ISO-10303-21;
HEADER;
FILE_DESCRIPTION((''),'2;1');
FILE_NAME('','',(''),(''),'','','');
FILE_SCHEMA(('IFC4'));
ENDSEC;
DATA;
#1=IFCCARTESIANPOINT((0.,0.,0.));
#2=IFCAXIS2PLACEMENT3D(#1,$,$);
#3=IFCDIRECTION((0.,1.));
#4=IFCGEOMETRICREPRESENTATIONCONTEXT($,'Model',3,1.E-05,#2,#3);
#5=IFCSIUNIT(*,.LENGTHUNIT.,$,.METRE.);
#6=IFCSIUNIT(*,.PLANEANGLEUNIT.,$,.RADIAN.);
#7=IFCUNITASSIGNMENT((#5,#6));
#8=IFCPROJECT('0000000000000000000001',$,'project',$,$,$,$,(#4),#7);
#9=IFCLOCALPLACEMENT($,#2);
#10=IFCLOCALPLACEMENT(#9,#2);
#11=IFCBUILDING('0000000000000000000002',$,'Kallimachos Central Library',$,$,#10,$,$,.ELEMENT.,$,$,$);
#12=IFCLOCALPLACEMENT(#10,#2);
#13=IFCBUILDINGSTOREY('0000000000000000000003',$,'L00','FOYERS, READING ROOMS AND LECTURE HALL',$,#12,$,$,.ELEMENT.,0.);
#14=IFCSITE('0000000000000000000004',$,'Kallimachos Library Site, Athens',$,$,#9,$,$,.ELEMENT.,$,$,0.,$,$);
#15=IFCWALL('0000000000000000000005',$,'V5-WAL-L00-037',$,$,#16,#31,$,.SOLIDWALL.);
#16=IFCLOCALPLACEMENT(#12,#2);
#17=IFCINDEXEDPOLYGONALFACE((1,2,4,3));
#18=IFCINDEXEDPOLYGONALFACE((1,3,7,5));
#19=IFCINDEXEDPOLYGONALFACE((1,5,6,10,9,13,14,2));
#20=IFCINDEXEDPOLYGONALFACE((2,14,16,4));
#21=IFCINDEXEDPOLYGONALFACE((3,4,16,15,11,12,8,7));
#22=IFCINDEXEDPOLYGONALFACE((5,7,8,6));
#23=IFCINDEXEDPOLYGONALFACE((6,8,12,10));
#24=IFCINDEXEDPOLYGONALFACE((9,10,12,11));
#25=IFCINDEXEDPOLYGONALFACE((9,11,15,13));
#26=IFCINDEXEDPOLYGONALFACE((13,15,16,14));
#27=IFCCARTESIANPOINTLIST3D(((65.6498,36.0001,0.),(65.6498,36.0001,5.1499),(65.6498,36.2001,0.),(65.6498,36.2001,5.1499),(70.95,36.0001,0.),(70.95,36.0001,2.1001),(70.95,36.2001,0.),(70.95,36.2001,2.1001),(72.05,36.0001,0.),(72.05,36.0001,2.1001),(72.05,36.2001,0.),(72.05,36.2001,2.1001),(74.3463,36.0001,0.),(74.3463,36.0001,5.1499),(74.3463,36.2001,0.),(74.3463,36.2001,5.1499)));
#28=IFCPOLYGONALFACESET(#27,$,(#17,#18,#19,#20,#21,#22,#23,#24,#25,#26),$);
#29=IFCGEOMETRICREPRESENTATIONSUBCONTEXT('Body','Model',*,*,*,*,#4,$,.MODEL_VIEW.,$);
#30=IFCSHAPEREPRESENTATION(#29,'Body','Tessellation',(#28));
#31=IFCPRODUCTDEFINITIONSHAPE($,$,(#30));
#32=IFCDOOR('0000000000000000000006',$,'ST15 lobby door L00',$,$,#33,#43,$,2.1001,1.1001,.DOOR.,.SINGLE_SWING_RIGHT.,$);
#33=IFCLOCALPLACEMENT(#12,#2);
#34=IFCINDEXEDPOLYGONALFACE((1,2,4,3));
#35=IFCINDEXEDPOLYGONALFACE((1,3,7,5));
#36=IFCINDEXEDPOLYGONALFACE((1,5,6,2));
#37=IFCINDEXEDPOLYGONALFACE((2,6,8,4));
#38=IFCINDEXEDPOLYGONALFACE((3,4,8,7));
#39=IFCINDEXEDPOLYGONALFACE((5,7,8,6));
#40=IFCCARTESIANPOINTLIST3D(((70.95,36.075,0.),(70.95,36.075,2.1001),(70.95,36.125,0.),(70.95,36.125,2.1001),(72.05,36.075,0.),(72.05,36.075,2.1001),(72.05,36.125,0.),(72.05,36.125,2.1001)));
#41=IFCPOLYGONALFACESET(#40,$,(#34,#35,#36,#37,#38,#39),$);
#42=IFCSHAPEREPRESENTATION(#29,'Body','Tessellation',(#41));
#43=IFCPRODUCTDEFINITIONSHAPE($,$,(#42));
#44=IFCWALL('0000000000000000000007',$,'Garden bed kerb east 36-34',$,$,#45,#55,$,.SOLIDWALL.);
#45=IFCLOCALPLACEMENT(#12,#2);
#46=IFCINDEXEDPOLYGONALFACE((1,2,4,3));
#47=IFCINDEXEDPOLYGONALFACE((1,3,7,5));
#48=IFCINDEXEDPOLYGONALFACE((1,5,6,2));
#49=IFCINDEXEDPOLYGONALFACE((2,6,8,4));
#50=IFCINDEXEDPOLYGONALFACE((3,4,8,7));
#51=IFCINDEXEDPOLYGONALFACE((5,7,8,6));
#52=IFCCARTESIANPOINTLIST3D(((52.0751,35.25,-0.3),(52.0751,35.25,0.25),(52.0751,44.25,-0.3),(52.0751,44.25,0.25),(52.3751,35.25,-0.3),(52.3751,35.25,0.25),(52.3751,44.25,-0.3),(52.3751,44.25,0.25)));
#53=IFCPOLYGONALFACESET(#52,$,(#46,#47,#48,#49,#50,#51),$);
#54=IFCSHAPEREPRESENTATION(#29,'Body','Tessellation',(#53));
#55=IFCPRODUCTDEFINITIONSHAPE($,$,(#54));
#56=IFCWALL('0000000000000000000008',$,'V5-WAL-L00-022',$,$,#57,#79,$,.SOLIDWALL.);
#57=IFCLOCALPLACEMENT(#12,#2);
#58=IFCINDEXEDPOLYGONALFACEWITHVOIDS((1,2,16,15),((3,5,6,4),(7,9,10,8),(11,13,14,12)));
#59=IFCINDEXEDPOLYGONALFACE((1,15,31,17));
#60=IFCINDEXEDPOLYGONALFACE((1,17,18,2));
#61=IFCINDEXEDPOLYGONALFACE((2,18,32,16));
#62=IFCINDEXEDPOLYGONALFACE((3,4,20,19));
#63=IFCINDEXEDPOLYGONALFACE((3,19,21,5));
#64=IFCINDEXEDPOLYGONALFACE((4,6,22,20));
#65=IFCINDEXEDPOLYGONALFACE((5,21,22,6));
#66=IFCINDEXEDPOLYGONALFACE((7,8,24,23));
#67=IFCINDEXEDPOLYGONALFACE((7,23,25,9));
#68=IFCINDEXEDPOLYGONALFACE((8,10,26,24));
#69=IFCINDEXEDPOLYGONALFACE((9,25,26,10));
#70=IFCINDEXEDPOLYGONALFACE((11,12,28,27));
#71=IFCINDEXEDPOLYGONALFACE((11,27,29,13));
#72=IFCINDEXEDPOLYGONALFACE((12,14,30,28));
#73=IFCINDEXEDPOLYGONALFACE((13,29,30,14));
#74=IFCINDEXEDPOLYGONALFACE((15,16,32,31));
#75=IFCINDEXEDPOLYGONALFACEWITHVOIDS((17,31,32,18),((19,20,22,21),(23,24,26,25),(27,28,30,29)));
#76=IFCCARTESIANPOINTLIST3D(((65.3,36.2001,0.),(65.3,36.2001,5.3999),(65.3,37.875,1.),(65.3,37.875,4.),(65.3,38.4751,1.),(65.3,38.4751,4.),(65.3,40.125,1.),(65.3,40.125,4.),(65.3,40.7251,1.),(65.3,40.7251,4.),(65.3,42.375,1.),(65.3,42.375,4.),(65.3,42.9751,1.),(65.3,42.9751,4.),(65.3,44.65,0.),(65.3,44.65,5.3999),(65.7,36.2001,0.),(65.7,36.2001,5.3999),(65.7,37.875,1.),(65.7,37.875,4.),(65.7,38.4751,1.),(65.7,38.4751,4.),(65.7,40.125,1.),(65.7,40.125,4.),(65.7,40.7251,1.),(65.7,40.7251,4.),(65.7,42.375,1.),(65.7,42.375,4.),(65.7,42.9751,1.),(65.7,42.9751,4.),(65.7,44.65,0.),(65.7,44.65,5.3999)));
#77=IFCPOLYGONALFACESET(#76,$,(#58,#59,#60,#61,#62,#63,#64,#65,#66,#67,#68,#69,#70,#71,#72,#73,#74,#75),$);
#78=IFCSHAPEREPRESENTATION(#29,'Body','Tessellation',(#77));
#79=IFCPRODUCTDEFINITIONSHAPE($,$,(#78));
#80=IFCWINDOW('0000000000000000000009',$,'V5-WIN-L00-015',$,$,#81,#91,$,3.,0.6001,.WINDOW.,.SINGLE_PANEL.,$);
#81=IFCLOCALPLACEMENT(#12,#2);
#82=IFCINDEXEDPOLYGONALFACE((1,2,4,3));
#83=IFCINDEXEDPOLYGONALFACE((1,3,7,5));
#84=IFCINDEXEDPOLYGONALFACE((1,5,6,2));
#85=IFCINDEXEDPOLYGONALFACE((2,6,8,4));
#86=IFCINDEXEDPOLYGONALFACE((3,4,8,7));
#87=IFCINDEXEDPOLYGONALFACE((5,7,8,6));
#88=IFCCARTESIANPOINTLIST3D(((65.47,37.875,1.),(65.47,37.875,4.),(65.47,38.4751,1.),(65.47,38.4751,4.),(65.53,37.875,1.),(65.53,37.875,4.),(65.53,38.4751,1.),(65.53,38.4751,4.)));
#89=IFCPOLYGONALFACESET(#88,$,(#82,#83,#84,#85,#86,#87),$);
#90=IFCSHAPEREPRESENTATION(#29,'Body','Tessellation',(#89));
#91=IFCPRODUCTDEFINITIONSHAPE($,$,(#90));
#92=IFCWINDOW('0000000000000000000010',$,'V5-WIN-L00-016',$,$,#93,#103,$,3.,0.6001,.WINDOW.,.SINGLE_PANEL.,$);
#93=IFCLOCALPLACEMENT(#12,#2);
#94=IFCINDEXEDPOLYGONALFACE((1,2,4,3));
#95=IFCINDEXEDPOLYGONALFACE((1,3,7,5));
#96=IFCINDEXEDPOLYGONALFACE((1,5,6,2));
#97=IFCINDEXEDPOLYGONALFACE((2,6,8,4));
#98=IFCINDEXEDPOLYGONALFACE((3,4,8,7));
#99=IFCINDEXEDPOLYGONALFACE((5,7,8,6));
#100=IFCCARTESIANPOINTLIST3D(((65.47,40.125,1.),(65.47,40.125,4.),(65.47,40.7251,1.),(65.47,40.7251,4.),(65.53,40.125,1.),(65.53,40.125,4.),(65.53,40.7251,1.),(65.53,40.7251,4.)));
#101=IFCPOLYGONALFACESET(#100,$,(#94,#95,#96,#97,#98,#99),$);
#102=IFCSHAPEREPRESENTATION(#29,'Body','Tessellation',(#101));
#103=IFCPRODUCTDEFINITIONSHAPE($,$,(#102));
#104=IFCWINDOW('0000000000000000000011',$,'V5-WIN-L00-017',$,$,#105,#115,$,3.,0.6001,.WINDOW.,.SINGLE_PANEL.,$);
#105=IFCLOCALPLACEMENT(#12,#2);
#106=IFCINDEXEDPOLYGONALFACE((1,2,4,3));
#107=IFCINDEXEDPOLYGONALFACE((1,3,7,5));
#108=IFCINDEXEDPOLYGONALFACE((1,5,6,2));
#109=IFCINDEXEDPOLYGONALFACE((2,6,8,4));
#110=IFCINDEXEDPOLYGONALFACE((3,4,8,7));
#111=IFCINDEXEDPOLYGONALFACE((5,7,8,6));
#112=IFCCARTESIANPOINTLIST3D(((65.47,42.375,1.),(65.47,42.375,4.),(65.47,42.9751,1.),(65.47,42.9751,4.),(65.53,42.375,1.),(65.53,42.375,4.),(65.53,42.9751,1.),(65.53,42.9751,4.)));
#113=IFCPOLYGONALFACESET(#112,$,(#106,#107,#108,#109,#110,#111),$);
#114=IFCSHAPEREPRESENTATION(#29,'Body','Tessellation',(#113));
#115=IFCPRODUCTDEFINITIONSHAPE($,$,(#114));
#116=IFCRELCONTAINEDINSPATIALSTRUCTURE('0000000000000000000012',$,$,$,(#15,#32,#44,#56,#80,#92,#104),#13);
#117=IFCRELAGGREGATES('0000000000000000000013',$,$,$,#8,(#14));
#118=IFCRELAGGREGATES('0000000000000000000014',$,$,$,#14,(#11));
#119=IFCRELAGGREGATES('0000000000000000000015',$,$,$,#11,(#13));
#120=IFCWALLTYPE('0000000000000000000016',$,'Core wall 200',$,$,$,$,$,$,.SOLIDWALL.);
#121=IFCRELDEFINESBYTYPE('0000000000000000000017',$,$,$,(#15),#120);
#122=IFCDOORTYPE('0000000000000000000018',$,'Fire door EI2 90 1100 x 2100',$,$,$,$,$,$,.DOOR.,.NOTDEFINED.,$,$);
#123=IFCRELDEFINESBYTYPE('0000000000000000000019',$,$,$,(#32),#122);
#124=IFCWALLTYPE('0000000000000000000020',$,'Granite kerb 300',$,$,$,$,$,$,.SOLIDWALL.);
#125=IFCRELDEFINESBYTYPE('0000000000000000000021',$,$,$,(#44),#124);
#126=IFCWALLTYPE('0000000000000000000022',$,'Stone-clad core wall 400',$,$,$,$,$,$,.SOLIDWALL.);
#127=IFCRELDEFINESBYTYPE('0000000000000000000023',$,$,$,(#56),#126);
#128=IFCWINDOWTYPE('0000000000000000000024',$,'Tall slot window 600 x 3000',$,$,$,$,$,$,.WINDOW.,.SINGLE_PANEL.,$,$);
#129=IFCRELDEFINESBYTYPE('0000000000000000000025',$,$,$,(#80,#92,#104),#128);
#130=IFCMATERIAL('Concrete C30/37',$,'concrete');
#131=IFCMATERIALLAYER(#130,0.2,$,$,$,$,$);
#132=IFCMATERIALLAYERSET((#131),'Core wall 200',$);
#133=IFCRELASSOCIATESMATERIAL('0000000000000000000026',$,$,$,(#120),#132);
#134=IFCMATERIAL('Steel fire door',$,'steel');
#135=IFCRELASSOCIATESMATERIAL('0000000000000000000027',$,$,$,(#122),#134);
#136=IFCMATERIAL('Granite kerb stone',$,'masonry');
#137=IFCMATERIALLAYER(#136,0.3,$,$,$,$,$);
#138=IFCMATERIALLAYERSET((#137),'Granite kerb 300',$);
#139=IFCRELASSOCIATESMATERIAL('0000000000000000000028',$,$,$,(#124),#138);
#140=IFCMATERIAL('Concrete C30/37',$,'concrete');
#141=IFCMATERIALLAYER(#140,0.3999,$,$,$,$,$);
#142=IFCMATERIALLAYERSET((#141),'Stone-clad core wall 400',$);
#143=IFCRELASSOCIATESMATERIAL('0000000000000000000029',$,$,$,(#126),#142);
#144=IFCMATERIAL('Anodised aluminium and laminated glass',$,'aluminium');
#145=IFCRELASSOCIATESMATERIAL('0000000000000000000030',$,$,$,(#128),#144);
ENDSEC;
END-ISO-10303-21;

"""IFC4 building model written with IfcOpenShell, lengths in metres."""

from ifc_helpers import new_model, si_unit, direction, frame, frame_2d, origin, place, context, subcontext, project, spatial, rectangle, extrude, material, layer, layer_set, type_object, element, fill, save


model = new_model("IFC4")

# Units and contexts
model_context = context("Model", 3, precision=1e-05, world=origin(), true_north=direction((0.0, 1.0)))
body_context = subcontext(model_context, "Body", "Model", "MODEL_VIEW")
ifc_project = project(units=[si_unit("LENGTHUNIT", "METRE"), si_unit("PLANEANGLEUNIT", "RADIAN")], contexts=[model_context])

# Site, building, storey
site_placement = place(None, origin())
site = spatial("IfcSite", under=ifc_project, at=site_placement, Name="Kallimachos Library Site, Athens", CompositionType="ELEMENT", RefElevation=0.0)
building_placement = place(site_placement, origin())
building = spatial("IfcBuilding", under=site, at=building_placement, Name="Kallimachos Central Library", CompositionType="ELEMENT")
storey_placement = place(building_placement, origin())
storey = spatial("IfcBuildingStorey", under=building, at=storey_placement, Name="L00", Description="FOYERS, READING ROOMS AND LECTURE HALL", CompositionType="ELEMENT", Elevation=0.0)

# Wall, opening, door
ifc_material_1 = material(Name="Concrete C30/37", Category="concrete")
ifc_layer_1 = layer(ifc_material_1, 0.2)
ifc_layer_set_1 = layer_set([ifc_layer_1], Name="Core wall 200")
wall_type_1 = type_object("IfcWallType", Name="Core wall 200", PredefinedType="SOLIDWALL", material=ifc_layer_set_1)
wall_1_placement = place(storey_placement, frame((65.6499, 36.1001, 0.0), z_axis=(0.0, 0.0, 1.0), x_axis=(1.0, 0.0, 0.0)))
wall_1 = element("IfcWall", 1, at=wall_1_placement, inside=storey, type_object=wall_type_1, Name="V5-WAL-L00-037", PredefinedType="SOLIDWALL", context=body_context, shape_type="SweptSolid", body=[
    extrude(rectangle(XDim=8.6965, YDim=0.2, at=frame_2d((4.3481, 0.0))), origin(), (0.0, 0.0, 1.0), 5.1499),
])
opening_1_placement = place(wall_1_placement, frame((5.3, 0.0, 0.0)))
opening_1 = element("IfcOpeningElement", 2, at=opening_1_placement, cuts=wall_1, PredefinedType="OPENING", context=body_context, shape_type="SweptSolid", body=[
    extrude(rectangle(XDim=1.1001, YDim=2.1001, at=frame_2d((0.55, 1.05))), frame((0.0, 0.1099, 0.0), z_axis=(0.0, -1.0, 0.0), x_axis=(1.0, 0.0, 0.0)), (0.0, 0.0, 1.0), 0.22),
])
ifc_material_2 = material(Name="Steel fire door", Category="steel")
door_type = type_object("IfcDoorType", Name="Fire door EI2 90 1100 x 2100", OperationType="NOTDEFINED", PredefinedType="DOOR", material=ifc_material_2)
door_placement = place(opening_1_placement, origin())
door = element("IfcDoor", 3, at=door_placement, inside=storey, type_object=door_type, Name="ST15 lobby door L00", OperationType="SINGLE_SWING_RIGHT", OverallHeight=2.1001, OverallWidth=1.1001, PredefinedType="DOOR", context=body_context, shape_type="SweptSolid", body=[
    extrude(rectangle(XDim=1.1001, YDim=2.1001, at=frame_2d((0.55, 1.05))), frame((0.0, 0.0249, 0.0), z_axis=(0.0, -1.0, 0.0), x_axis=(1.0, 0.0, 0.0)), (0.0, 0.0, 1.0), 0.05),
])
fill(opening_1, door)

# Wall
ifc_material_3 = material(Name="Granite kerb stone", Category="masonry")
ifc_layer_2 = layer(ifc_material_3, 0.3)
ifc_layer_set_2 = layer_set([ifc_layer_2], Name="Granite kerb 300")
wall_type_2 = type_object("IfcWallType", Name="Granite kerb 300", PredefinedType="SOLIDWALL", material=ifc_layer_set_2)
wall_2_placement = place(storey_placement, frame((52.2251, 35.25, -0.3), z_axis=(0.0, 0.0, 1.0), x_axis=(0.0, 1.0, 0.0)))
element("IfcWall", 4, at=wall_2_placement, inside=storey, type_object=wall_type_2, Name="Garden bed kerb east 36-34", PredefinedType="SOLIDWALL", context=body_context, shape_type="SweptSolid", body=[
    extrude(rectangle(XDim=9.0, YDim=0.3, at=frame_2d((4.5, 0.0))), origin(), (0.0, 0.0, 1.0), 0.55),
])

# Wall, openings, windows
ifc_material_4 = material(Name="Concrete C30/37", Category="concrete")
ifc_layer_3 = layer(ifc_material_4, 0.3999)
ifc_layer_set_3 = layer_set([ifc_layer_3], Name="Stone-clad core wall 400")
wall_type_3 = type_object("IfcWallType", Name="Stone-clad core wall 400", PredefinedType="SOLIDWALL", material=ifc_layer_set_3)
wall_3_placement = place(storey_placement, frame((65.5, 36.2, 0.0), z_axis=(0.0, 0.0, 1.0), x_axis=(0.0, 1.0, 0.0)))
wall_3 = element("IfcWall", 5, at=wall_3_placement, inside=storey, type_object=wall_type_3, Name="V5-WAL-L00-022", PredefinedType="SOLIDWALL", context=body_context, shape_type="SweptSolid", body=[
    extrude(rectangle(XDim=8.45, YDim=0.3999, at=frame_2d((4.2251, 0.0))), origin(), (0.0, 0.0, 1.0), 5.3999),
])
opening_2_placement = place(wall_3_placement, frame((1.675, 0.0, 1.0)))
opening_2 = element("IfcOpeningElement", 6, at=opening_2_placement, cuts=wall_3, PredefinedType="OPENING", context=body_context, shape_type="SweptSolid", body=[
    extrude(rectangle(XDim=0.6001, YDim=3.0, at=frame_2d((0.3, 1.5))), frame((0.0, 0.21, 0.0), z_axis=(0.0, -1.0, 0.0), x_axis=(1.0, 0.0, 0.0)), (0.0, 0.0, 1.0), 0.4199),
])
opening_3_placement = place(wall_3_placement, frame((3.925, 0.0, 1.0)))
opening_3 = element("IfcOpeningElement", 7, at=opening_3_placement, cuts=wall_3, PredefinedType="OPENING", context=body_context, shape_type="SweptSolid", body=[
    extrude(rectangle(XDim=0.6001, YDim=3.0, at=frame_2d((0.3, 1.5))), frame((0.0, 0.21, 0.0), z_axis=(0.0, -1.0, 0.0), x_axis=(1.0, 0.0, 0.0)), (0.0, 0.0, 1.0), 0.4199),
])
opening_4_placement = place(wall_3_placement, frame((6.175, 0.0, 1.0)))
opening_4 = element("IfcOpeningElement", 8, at=opening_4_placement, cuts=wall_3, PredefinedType="OPENING", context=body_context, shape_type="SweptSolid", body=[
    extrude(rectangle(XDim=0.6001, YDim=3.0, at=frame_2d((0.3, 1.5))), frame((0.0, 0.21, 0.0), z_axis=(0.0, -1.0, 0.0), x_axis=(1.0, 0.0, 0.0)), (0.0, 0.0, 1.0), 0.4199),
])
ifc_material_5 = material(Name="Anodised aluminium and laminated glass", Category="aluminium")
window_type = type_object("IfcWindowType", Name="Tall slot window 600 x 3000", PartitioningType="SINGLE_PANEL", PredefinedType="WINDOW", material=ifc_material_5)
window_1_placement = place(opening_2_placement, origin())
window_1 = element("IfcWindow", 9, at=window_1_placement, inside=storey, type_object=window_type, Name="V5-WIN-L00-015", OverallHeight=3.0, OverallWidth=0.6001, PartitioningType="SINGLE_PANEL", PredefinedType="WINDOW", context=body_context, shape_type="SweptSolid", body=[
    extrude(rectangle(XDim=0.6001, YDim=3.0, at=frame_2d((0.3, 1.5))), frame((0.0, 0.03, 0.0), z_axis=(0.0, -1.0, 0.0), x_axis=(1.0, 0.0, 0.0)), (0.0, 0.0, 1.0), 0.0601),
])
fill(opening_2, window_1)
window_2_placement = place(opening_3_placement, origin())
window_2 = element("IfcWindow", 10, at=window_2_placement, inside=storey, type_object=window_type, Name="V5-WIN-L00-016", OverallHeight=3.0, OverallWidth=0.6001, PartitioningType="SINGLE_PANEL", PredefinedType="WINDOW", context=body_context, shape_type="SweptSolid", body=[
    extrude(rectangle(XDim=0.6001, YDim=3.0, at=frame_2d((0.3, 1.5))), frame((0.0, 0.03, 0.0), z_axis=(0.0, -1.0, 0.0), x_axis=(1.0, 0.0, 0.0)), (0.0, 0.0, 1.0), 0.0601),
])
fill(opening_3, window_2)
window_3_placement = place(opening_4_placement, origin())
window_3 = element("IfcWindow", 11, at=window_3_placement, inside=storey, type_object=window_type, Name="V5-WIN-L00-017", OverallHeight=3.0, OverallWidth=0.6001, PartitioningType="SINGLE_PANEL", PredefinedType="WINDOW", context=body_context, shape_type="SweptSolid", body=[
    extrude(rectangle(XDim=0.6001, YDim=3.0, at=frame_2d((0.3, 1.5))), frame((0.0, 0.03, 0.0), z_axis=(0.0, -1.0, 0.0), x_axis=(1.0, 0.0, 0.0)), (0.0, 0.0, 1.0), 0.0601),
])
fill(opening_4, window_3)

save(model, "model.ifc")
